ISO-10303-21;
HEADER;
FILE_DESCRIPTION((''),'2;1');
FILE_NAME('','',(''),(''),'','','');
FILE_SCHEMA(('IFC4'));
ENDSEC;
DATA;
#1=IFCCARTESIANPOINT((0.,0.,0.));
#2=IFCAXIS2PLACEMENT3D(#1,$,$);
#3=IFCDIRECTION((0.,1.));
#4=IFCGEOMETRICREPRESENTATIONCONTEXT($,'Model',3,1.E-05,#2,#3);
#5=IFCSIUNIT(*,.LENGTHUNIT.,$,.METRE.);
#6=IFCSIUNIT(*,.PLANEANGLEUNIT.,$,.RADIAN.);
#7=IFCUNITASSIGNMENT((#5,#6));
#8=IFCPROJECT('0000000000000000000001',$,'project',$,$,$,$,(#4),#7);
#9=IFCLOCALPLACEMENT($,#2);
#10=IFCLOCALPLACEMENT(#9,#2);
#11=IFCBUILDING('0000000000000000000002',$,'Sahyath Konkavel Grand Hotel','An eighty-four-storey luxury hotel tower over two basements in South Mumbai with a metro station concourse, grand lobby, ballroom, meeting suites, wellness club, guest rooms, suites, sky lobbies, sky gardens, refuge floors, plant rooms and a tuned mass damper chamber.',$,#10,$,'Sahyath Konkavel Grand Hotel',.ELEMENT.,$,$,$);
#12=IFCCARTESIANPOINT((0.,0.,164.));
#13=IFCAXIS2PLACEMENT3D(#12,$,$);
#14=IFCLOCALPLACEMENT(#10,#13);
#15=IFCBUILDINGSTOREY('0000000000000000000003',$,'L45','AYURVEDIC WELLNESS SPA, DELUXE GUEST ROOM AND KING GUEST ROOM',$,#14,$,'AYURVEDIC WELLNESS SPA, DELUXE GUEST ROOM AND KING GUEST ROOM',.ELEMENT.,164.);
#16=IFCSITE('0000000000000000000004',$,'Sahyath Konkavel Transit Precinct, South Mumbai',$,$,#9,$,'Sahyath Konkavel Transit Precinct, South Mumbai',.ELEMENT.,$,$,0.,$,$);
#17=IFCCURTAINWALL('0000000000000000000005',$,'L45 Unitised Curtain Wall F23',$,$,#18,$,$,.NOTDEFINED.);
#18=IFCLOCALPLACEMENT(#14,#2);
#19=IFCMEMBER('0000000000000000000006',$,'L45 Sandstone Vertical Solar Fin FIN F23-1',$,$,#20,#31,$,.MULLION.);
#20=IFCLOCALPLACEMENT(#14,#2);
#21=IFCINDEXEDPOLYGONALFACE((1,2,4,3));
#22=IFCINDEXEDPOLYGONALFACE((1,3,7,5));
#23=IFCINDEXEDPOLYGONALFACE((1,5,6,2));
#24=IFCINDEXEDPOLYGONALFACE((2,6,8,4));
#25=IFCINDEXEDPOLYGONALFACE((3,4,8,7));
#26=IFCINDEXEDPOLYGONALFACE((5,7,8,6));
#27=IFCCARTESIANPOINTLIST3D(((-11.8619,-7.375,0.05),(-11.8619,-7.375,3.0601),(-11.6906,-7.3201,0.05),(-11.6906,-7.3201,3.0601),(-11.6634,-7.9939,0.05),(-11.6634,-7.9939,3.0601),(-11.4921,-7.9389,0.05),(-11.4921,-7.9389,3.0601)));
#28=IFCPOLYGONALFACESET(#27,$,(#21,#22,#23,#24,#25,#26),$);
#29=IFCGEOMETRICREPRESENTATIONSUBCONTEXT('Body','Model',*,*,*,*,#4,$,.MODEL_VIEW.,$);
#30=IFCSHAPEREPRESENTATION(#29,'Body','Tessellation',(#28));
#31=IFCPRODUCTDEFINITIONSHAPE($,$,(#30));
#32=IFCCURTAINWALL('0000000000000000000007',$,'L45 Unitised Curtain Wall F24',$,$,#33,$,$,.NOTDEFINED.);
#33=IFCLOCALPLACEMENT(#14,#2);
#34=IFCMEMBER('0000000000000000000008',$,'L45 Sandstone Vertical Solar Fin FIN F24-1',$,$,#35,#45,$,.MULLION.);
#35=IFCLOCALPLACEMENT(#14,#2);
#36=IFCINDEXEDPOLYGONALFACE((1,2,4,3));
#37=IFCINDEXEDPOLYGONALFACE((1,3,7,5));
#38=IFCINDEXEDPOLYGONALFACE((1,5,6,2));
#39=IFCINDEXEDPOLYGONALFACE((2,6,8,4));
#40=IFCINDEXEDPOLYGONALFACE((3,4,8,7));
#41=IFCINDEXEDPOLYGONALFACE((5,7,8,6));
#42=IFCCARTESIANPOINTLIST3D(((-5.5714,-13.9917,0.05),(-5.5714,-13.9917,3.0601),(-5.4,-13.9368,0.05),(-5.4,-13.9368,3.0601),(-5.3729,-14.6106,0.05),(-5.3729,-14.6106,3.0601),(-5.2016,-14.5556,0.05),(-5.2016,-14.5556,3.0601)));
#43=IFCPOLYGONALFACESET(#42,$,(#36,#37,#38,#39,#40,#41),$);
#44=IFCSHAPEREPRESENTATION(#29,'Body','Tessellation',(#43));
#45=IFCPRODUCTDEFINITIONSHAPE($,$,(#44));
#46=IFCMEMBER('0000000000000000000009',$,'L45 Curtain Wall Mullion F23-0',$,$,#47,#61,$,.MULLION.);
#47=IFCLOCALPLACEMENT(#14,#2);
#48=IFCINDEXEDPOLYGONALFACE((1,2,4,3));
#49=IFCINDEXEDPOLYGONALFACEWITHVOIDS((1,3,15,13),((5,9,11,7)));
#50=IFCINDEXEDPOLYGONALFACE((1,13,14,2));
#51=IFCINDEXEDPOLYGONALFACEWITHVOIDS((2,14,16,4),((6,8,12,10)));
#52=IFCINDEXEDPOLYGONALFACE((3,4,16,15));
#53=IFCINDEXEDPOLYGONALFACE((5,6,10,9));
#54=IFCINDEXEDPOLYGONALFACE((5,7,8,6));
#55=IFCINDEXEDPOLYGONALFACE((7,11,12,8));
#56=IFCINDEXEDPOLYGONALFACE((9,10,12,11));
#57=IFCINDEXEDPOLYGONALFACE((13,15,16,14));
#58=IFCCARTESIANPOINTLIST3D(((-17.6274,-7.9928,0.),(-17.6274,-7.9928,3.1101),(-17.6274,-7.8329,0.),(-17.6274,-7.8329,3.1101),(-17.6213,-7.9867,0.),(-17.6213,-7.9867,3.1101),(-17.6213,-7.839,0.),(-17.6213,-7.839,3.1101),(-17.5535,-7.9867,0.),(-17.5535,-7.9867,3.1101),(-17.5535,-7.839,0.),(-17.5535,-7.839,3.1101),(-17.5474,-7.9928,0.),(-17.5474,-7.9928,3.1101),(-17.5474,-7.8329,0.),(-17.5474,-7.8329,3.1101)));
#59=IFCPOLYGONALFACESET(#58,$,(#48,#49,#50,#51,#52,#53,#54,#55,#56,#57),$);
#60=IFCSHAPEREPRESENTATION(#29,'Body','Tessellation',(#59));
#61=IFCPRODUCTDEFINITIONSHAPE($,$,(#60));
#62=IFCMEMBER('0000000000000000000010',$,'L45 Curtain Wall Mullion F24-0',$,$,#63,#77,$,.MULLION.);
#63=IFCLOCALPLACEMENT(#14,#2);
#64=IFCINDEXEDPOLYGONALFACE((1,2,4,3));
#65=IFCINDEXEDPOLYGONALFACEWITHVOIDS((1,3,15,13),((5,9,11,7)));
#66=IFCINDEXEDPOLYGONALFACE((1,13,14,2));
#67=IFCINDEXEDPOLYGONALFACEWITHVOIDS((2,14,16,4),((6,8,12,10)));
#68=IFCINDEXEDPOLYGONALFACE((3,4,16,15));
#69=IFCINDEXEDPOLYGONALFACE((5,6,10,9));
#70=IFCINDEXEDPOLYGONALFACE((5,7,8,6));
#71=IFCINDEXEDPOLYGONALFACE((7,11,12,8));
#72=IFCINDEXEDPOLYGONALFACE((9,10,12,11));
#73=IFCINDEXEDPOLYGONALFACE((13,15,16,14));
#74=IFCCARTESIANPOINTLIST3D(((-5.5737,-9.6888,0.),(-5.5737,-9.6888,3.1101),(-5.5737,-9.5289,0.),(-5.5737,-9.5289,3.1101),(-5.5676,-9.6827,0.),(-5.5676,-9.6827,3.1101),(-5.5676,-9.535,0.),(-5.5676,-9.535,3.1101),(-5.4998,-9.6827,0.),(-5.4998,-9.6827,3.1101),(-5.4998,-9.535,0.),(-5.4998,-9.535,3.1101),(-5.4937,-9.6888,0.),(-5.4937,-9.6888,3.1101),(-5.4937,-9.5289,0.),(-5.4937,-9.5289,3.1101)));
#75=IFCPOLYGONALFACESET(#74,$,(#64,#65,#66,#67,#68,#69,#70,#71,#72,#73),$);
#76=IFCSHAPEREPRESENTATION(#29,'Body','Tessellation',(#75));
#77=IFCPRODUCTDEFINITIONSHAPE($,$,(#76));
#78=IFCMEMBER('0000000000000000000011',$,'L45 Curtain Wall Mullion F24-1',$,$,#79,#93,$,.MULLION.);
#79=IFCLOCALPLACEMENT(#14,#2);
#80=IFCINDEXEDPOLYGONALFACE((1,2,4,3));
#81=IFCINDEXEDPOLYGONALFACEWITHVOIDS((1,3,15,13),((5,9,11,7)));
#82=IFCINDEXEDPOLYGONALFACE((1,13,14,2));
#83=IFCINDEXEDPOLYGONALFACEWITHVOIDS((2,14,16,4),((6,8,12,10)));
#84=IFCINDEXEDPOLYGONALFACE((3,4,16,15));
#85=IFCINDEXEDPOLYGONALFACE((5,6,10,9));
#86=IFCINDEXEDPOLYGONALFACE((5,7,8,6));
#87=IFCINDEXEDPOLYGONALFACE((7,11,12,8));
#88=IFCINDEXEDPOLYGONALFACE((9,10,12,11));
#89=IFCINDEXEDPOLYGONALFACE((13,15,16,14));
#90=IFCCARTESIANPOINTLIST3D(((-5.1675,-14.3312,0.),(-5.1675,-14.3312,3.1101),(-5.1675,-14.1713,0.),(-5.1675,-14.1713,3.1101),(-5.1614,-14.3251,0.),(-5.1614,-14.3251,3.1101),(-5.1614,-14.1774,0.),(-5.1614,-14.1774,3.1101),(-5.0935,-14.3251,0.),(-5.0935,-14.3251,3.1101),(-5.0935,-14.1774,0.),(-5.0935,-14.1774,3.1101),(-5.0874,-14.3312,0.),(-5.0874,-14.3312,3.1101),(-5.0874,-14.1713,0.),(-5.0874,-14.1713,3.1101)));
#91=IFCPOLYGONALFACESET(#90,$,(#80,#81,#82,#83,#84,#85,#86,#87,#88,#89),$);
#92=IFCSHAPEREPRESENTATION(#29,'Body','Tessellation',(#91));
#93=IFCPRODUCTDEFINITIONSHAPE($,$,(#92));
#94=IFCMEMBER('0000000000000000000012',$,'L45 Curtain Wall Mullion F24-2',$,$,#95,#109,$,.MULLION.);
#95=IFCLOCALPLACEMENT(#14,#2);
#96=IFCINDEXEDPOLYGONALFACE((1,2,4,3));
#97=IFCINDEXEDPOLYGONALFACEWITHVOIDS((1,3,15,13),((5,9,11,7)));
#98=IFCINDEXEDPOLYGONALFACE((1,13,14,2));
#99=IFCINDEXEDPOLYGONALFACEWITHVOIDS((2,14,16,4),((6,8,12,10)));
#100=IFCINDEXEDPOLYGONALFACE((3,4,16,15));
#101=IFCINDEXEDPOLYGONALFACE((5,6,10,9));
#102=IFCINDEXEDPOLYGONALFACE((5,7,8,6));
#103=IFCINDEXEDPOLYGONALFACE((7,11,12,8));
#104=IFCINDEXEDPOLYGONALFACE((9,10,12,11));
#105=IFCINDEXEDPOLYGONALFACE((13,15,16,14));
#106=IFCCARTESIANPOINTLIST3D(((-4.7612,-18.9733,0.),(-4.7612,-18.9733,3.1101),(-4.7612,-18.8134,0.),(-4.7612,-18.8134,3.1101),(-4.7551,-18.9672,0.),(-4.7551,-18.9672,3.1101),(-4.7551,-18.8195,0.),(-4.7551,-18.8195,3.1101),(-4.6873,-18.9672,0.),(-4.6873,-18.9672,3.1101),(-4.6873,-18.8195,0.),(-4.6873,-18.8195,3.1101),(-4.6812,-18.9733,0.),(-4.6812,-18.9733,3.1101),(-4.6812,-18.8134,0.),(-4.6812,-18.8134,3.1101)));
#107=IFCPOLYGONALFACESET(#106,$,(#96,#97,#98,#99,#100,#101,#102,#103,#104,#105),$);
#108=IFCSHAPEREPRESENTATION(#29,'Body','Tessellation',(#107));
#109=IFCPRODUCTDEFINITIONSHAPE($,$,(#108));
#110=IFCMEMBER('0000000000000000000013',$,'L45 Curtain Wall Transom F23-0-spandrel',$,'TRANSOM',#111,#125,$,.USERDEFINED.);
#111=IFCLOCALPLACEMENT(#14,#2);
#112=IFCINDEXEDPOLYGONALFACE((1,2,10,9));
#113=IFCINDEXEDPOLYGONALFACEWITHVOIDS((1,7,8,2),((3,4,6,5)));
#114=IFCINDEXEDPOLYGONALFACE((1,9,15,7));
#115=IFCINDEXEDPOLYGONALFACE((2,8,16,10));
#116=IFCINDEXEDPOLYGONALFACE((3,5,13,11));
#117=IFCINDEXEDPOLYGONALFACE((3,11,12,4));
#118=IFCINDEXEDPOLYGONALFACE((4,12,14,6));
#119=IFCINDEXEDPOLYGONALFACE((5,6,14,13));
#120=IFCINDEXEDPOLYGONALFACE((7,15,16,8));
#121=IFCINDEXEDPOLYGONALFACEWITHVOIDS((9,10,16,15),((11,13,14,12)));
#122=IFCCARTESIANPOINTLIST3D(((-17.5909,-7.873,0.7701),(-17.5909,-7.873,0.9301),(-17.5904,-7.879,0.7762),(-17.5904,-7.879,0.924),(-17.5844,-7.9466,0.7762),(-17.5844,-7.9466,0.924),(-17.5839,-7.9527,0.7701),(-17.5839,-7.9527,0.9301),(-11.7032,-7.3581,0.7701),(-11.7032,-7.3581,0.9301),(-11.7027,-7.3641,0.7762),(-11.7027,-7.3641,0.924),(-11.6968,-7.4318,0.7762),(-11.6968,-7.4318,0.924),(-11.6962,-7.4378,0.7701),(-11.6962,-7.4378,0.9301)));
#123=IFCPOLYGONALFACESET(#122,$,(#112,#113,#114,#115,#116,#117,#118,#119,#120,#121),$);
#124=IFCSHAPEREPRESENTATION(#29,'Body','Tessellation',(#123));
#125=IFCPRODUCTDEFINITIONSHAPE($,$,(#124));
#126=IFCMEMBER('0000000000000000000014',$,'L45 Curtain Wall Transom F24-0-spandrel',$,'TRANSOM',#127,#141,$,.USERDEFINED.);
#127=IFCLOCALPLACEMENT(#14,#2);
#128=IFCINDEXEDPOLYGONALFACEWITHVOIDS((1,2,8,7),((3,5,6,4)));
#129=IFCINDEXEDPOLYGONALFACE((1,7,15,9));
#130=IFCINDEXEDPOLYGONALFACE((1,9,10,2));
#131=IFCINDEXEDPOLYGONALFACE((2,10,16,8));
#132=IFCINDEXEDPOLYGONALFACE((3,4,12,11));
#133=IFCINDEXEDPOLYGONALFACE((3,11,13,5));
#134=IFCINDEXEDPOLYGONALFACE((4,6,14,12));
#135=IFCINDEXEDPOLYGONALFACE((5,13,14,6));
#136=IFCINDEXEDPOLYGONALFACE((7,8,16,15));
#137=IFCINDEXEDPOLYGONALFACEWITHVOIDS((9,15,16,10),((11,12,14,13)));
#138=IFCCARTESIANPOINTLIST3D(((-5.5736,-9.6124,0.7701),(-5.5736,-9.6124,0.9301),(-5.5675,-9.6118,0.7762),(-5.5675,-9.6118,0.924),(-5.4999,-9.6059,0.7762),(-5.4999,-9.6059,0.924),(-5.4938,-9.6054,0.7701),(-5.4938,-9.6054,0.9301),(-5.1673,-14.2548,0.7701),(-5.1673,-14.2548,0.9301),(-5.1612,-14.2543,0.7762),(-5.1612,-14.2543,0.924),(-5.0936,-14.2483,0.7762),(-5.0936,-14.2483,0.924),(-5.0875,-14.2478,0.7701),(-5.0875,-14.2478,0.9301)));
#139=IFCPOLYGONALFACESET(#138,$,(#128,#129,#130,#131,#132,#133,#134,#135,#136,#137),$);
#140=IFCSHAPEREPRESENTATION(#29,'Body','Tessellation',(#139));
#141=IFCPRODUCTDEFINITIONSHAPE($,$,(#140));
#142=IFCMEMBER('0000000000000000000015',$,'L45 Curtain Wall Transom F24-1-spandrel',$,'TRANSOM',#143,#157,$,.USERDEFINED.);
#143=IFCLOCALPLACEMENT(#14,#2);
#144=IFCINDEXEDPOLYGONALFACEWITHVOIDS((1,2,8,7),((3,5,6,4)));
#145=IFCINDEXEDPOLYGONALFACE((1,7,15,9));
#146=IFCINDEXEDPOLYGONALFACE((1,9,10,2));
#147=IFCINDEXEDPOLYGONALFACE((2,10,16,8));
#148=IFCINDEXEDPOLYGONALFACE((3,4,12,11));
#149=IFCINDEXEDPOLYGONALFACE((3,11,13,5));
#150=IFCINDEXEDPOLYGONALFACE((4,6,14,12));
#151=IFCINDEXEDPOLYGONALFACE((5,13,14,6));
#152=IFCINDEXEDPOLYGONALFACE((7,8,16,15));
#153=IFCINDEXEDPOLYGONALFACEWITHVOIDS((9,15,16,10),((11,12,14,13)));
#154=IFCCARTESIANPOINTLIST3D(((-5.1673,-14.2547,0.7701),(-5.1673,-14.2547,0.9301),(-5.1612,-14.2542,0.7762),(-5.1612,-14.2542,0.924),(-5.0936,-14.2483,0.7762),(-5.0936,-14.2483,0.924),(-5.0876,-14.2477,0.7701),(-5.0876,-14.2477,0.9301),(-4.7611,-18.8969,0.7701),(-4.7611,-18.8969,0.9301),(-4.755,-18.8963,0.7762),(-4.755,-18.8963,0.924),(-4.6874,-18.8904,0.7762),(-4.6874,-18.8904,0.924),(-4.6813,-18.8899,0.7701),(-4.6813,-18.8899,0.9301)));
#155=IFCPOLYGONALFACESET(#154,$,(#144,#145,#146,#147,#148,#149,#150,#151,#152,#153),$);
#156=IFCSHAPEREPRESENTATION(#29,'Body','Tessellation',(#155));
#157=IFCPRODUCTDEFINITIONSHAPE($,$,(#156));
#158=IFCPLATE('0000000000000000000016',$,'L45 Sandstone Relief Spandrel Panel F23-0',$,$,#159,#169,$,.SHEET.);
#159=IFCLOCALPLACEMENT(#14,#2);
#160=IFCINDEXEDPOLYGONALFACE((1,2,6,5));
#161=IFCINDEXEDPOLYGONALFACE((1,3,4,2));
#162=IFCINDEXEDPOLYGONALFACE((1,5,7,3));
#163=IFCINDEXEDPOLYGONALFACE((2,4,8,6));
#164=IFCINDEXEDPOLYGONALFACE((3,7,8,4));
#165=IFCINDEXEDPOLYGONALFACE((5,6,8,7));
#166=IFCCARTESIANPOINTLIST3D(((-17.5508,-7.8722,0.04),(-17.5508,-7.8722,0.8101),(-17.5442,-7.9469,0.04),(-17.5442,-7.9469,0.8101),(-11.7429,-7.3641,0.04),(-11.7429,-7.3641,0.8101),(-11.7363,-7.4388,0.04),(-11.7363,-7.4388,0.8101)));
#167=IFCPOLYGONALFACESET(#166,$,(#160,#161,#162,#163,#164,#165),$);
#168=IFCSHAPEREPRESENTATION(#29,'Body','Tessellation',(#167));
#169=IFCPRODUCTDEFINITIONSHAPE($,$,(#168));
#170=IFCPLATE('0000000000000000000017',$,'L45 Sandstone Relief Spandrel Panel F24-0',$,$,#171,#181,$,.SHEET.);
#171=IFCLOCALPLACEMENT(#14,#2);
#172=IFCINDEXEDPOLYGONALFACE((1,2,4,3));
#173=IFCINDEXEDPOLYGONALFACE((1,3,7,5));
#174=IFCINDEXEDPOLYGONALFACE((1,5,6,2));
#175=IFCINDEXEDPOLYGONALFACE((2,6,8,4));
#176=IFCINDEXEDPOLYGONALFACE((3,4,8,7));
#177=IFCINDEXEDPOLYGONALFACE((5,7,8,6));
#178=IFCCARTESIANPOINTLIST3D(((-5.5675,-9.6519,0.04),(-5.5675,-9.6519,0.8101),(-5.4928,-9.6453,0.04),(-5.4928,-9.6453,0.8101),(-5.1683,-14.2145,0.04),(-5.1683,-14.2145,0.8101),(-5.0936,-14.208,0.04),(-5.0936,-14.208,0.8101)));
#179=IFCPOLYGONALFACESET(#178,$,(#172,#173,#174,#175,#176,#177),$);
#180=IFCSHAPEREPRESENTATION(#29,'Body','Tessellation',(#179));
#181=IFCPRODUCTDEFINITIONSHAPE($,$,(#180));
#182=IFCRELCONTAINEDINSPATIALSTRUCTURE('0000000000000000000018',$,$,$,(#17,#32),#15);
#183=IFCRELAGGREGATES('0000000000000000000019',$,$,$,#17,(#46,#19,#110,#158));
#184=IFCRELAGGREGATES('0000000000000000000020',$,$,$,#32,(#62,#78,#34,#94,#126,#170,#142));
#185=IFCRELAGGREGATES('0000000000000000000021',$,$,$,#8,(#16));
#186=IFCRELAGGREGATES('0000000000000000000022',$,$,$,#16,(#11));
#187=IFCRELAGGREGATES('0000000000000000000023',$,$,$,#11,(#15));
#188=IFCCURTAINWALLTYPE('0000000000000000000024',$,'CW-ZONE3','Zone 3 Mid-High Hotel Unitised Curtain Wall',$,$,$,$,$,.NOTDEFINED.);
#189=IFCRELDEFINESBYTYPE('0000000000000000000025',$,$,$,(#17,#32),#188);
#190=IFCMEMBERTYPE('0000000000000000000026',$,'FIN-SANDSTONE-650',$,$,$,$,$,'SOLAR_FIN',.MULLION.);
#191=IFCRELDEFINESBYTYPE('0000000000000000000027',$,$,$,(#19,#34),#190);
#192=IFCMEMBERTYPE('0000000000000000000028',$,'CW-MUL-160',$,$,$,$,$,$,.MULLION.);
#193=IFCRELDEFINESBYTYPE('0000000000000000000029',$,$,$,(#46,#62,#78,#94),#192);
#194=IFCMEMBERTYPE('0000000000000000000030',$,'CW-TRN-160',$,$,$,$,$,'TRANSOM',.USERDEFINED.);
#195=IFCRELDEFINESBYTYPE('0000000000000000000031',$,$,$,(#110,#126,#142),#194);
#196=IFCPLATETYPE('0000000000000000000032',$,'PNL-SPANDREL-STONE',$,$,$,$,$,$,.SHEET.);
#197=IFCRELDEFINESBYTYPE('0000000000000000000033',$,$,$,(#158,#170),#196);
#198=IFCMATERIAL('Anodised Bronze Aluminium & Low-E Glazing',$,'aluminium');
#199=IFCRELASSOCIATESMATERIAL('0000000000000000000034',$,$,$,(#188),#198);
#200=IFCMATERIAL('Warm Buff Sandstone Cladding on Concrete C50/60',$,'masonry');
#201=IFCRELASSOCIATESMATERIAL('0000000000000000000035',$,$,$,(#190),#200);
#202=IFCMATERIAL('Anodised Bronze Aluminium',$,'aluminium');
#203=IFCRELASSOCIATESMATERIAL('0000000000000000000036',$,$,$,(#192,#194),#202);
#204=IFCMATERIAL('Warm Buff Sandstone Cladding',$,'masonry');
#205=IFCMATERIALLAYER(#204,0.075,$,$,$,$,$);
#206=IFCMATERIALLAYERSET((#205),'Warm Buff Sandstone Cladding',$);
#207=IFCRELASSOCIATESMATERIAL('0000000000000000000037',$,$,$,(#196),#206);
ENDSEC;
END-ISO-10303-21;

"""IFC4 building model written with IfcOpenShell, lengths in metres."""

from ifc_helpers import new_model, si_unit, direction, frame, origin, origin_2d, place, context, subcontext, project, spatial, rectangle, hollow_rectangle, extrude, source, transform, mapped, material, layer, layer_set, material_profile, profile_set, type_object, element, aggregate, save


model = new_model("IFC4")

# Units and contexts
model_context = context("Model", 3, precision=1e-05, world=origin(), true_north=direction((0.0, 1.0)))
body_context = subcontext(model_context, "Body", "Model", "MODEL_VIEW")
ifc_project = project(units=[si_unit("LENGTHUNIT", "METRE"), si_unit("PLANEANGLEUNIT", "RADIAN")], contexts=[model_context])

# Site, building, storey
site_placement = place(None, origin())
site = spatial("IfcSite", under=ifc_project, at=site_placement, Name="Sahyath Konkavel Transit Precinct, South Mumbai", LongName="Sahyath Konkavel Transit Precinct, South Mumbai", CompositionType="ELEMENT", RefElevation=0.0)
building_placement = place(site_placement, origin())
building = spatial("IfcBuilding", under=site, at=building_placement, Name="Sahyath Konkavel Grand Hotel", Description="An eighty-four-storey luxury hotel tower over two basements in South Mumbai with a metro station concourse, grand lobby, ballroom, meeting suites, wellness club, guest rooms, suites, sky lobbies, sky gardens, refuge floors, plant rooms and a tuned mass damper chamber.", LongName="Sahyath Konkavel Grand Hotel", CompositionType="ELEMENT")
storey_placement = place(building_placement, frame((0.0, 0.0, 164.0)))
storey = spatial("IfcBuildingStorey", under=building, at=storey_placement, Name="L45", Description="AYURVEDIC WELLNESS SPA, DELUXE GUEST ROOM AND KING GUEST ROOM", LongName="AYURVEDIC WELLNESS SPA, DELUXE GUEST ROOM AND KING GUEST ROOM", CompositionType="ELEMENT", Elevation=164.0)

# Curtain walls, members
ifc_material_1 = material(Name="Anodised Bronze Aluminium & Low-E Glazing", Category="aluminium")
curtain_wall_type = type_object("IfcCurtainWallType", Name="CW-ZONE3", Description="Zone 3 Mid-High Hotel Unitised Curtain Wall", PredefinedType="NOTDEFINED", material=ifc_material_1)
curtain_wall_1_placement = place(storey_placement, origin())
curtain_wall_1 = element("IfcCurtainWall", 1, at=curtain_wall_1_placement, inside=storey, type_object=curtain_wall_type, Name="L45 Unitised Curtain Wall F23", PredefinedType="NOTDEFINED")
ifc_material_2 = material(Name="Warm Buff Sandstone Cladding on Concrete C50/60", Category="masonry")
ifc_material_profile_1 = material_profile(ifc_material_2, rectangle(XDim=0.1799, YDim=0.6499, at=origin_2d()), Name="FIN 180x650")
ifc_profile_set_1 = profile_set([ifc_material_profile_1], Name="Warm Buff Sandstone Cladding on Concrete C50/60")
member_type_1 = type_object("IfcMemberType", Name="FIN-SANDSTONE-650", ElementType="SOLAR_FIN", PredefinedType="MULLION", material=ifc_profile_set_1)
shared_shape_1 = source(origin(), body_context, "Body", "SweptSolid", [
    extrude(rectangle(XDim=0.1799, YDim=0.6499, at=origin_2d()), origin(), (0.0, 0.0, 1.0), 3.01),
])
member_1_placement = place(storey_placement, frame((-11.677, -7.657, 0.05), z_axis=(0.0, 0.0, 1.0), x_axis=(0.952236, 0.305363, 0.0)))
member_1 = element("IfcMember", 2, at=member_1_placement, type_object=member_type_1, Name="L45 Sandstone Vertical Solar Fin FIN F23-1", PredefinedType="MULLION", context=body_context, shape_type="MappedRepresentation", body=[
    mapped(shared_shape_1, transform((0.0, 0.0, 0.0), scale=1.0)),
])
curtain_wall_2_placement = place(storey_placement, origin())
curtain_wall_2 = element("IfcCurtainWall", 3, at=curtain_wall_2_placement, inside=storey, type_object=curtain_wall_type, Name="L45 Unitised Curtain Wall F24", PredefinedType="NOTDEFINED")
member_2_placement = place(storey_placement, frame((-5.3865, -14.2737, 0.05), z_axis=(0.0, 0.0, 1.0), x_axis=(0.952236, 0.305363, 0.0)))
member_2 = element("IfcMember", 4, at=member_2_placement, type_object=member_type_1, Name="L45 Sandstone Vertical Solar Fin FIN F24-1", PredefinedType="MULLION", context=body_context, shape_type="MappedRepresentation", body=[
    mapped(shared_shape_1, transform((0.0, 0.0, 0.0), scale=1.0)),
])

# Members
ifc_material_3 = material(Name="Anodised Bronze Aluminium", Category="aluminium")
ifc_material_profile_2 = material_profile(ifc_material_3, hollow_rectangle(XDim=0.0801, YDim=0.1599, WallThickness=0.0061, at=origin_2d()), Name="RHS 160x80x6")
ifc_profile_set_2 = profile_set([ifc_material_profile_2], Name="Anodised Bronze Aluminium")
member_type_2 = type_object("IfcMemberType", Name="CW-MUL-160", PredefinedType="MULLION", material=ifc_profile_set_2)
shared_shape_2 = source(origin(), body_context, "Body", "SweptSolid", [
    extrude(hollow_rectangle(XDim=0.0801, YDim=0.1599, WallThickness=0.0061, at=origin_2d()), origin(), (0.0, 0.0, 1.0), 3.1101),
])
member_3_placement = place(storey_placement, frame((-17.5874, -7.9128, 0.0), z_axis=(0.0, 0.0, 1.0), x_axis=(1.0, 0.0, 0.0)))
member_3 = element("IfcMember", 5, at=member_3_placement, type_object=member_type_2, Name="L45 Curtain Wall Mullion F23-0", PredefinedType="MULLION", context=body_context, shape_type="MappedRepresentation", body=[
    mapped(shared_shape_2, transform((0.0, 0.0, 0.0), scale=1.0)),
])
member_4_placement = place(storey_placement, frame((-5.5337, -9.6089, 0.0), z_axis=(0.0, 0.0, 1.0), x_axis=(1.0, 0.0, 0.0)))
member_4 = element("IfcMember", 6, at=member_4_placement, type_object=member_type_2, Name="L45 Curtain Wall Mullion F24-0", PredefinedType="MULLION", context=body_context, shape_type="MappedRepresentation", body=[
    mapped(shared_shape_2, transform((0.0, 0.0, 0.0), scale=1.0)),
])
member_5_placement = place(storey_placement, frame((-5.1274, -14.2512, 0.0), z_axis=(0.0, 0.0, 1.0), x_axis=(1.0, 0.0, 0.0)))
member_5 = element("IfcMember", 7, at=member_5_placement, type_object=member_type_2, Name="L45 Curtain Wall Mullion F24-1", PredefinedType="MULLION", context=body_context, shape_type="MappedRepresentation", body=[
    mapped(shared_shape_2, transform((0.0, 0.0, 0.0), scale=1.0)),
])
member_6_placement = place(storey_placement, frame((-4.7212, -18.8933, 0.0), z_axis=(0.0, 0.0, 1.0), x_axis=(1.0, 0.0, 0.0)))
member_6 = element("IfcMember", 8, at=member_6_placement, type_object=member_type_2, Name="L45 Curtain Wall Mullion F24-2", PredefinedType="MULLION", context=body_context, shape_type="MappedRepresentation", body=[
    mapped(shared_shape_2, transform((0.0, 0.0, 0.0), scale=1.0)),
])
ifc_material_profile_3 = material_profile(ifc_material_3, hollow_rectangle(XDim=0.0801, YDim=0.1599, WallThickness=0.0061, at=origin_2d()), Name="RHS 160x80x6")
ifc_profile_set_3 = profile_set([ifc_material_profile_3], Name="Anodised Bronze Aluminium")
member_type_3 = type_object("IfcMemberType", Name="CW-TRN-160", ElementType="TRANSOM", PredefinedType="USERDEFINED", material=ifc_profile_set_3)
shared_shape_3 = source(origin(), body_context, "Body", "SweptSolid", [
    extrude(hollow_rectangle(XDim=0.0801, YDim=0.1599, WallThickness=0.0061, at=origin_2d()), origin(), (0.0, 0.0, 1.0), 5.9102),
])
member_7_placement = place(storey_placement, frame((-17.5874, -7.9128, 0.8501), z_axis=(0.996198, 0.08712, 0.0), x_axis=(-0.08712, 0.996198, 0.0)))
member_7 = element("IfcMember", 9, at=member_7_placement, type_object=member_type_3, Name="L45 Curtain Wall Transom F23-0-spandrel", ObjectType="TRANSOM", PredefinedType="USERDEFINED", context=body_context, shape_type="MappedRepresentation", body=[
    mapped(shared_shape_3, transform((0.0, 0.0, 0.0), scale=1.0)),
])
shared_shape_4 = source(origin(), body_context, "Body", "SweptSolid", [
    extrude(hollow_rectangle(XDim=0.0801, YDim=0.1599, WallThickness=0.0061, at=origin_2d()), origin(), (0.0, 0.0, 1.0), 4.6602),
])
member_8_placement = place(storey_placement, frame((-5.5337, -9.6089, 0.8501), z_axis=(0.087177, -0.996193, 0.0), x_axis=(0.996193, 0.087177, 0.0)))
member_8 = element("IfcMember", 10, at=member_8_placement, type_object=member_type_3, Name="L45 Curtain Wall Transom F24-0-spandrel", ObjectType="TRANSOM", PredefinedType="USERDEFINED", context=body_context, shape_type="MappedRepresentation", body=[
    mapped(shared_shape_4, transform((0.0, 0.0, 0.0), scale=1.0)),
])
shared_shape_5 = source(origin(), body_context, "Body", "SweptSolid", [
    extrude(hollow_rectangle(XDim=0.0801, YDim=0.1599, WallThickness=0.0061, at=origin_2d()), origin(), (0.0, 0.0, 1.0), 4.6599),
])
member_9_placement = place(storey_placement, frame((-5.1274, -14.2512, 0.8501), z_axis=(0.087181, -0.996192, 0.0), x_axis=(0.996192, 0.087181, 0.0)))
member_9 = element("IfcMember", 11, at=member_9_placement, type_object=member_type_3, Name="L45 Curtain Wall Transom F24-1-spandrel", ObjectType="TRANSOM", PredefinedType="USERDEFINED", context=body_context, shape_type="MappedRepresentation", body=[
    mapped(shared_shape_5, transform((0.0, 0.0, 0.0), scale=1.0)),
])

# Plates
ifc_material_4 = material(Name="Warm Buff Sandstone Cladding", Category="masonry")
ifc_layer_1 = layer(ifc_material_4, 0.075)
ifc_layer_set_1 = layer_set([ifc_layer_1], Name="Warm Buff Sandstone Cladding")
plate_type_1 = type_object("IfcPlateType", Name="PNL-SPANDREL-STONE", PredefinedType="SHEET", material=ifc_layer_set_1)
shared_shape_6 = source(origin(), body_context, "Body", "SweptSolid", [
    extrude(rectangle(XDim=5.8301, YDim=0.075, at=origin_2d()), origin(), (0.0, 0.0, 1.0), 0.77),
])
plate_1_placement = place(storey_placement, frame((-14.6436, -7.6555, 0.04), z_axis=(0.0, 0.0, 1.0), x_axis=(0.996195, 0.087156, 0.0)))
plate_1 = element("IfcPlate", 12, at=plate_1_placement, type_object=plate_type_1, Name="L45 Sandstone Relief Spandrel Panel F23-0", PredefinedType="SHEET", context=body_context, shape_type="MappedRepresentation", body=[
    mapped(shared_shape_6, transform((0.0, 0.0, 0.0), scale=1.0)),
])
shared_shape_7 = source(origin(), body_context, "Body", "SweptSolid", [
    extrude(rectangle(XDim=4.5801, YDim=0.075, at=origin_2d()), origin(), (0.0, 0.0, 1.0), 0.77),
])
plate_2_placement = place(storey_placement, frame((-5.3306, -11.9299, 0.04), z_axis=(0.0, 0.0, 1.0), x_axis=(0.087156, -0.996195, 0.0)))
plate_2 = element("IfcPlate", 13, at=plate_2_placement, type_object=plate_type_1, Name="L45 Sandstone Relief Spandrel Panel F24-0", PredefinedType="SHEET", context=body_context, shape_type="MappedRepresentation", body=[
    mapped(shared_shape_7, transform((0.0, 0.0, 0.0), scale=1.0)),
])
aggregate(curtain_wall_1, [member_3, member_1, member_7, plate_1])
aggregate(curtain_wall_2, [member_4, member_5, member_2, member_6, member_8, plate_2, member_9])

save(model, "model.ifc")
